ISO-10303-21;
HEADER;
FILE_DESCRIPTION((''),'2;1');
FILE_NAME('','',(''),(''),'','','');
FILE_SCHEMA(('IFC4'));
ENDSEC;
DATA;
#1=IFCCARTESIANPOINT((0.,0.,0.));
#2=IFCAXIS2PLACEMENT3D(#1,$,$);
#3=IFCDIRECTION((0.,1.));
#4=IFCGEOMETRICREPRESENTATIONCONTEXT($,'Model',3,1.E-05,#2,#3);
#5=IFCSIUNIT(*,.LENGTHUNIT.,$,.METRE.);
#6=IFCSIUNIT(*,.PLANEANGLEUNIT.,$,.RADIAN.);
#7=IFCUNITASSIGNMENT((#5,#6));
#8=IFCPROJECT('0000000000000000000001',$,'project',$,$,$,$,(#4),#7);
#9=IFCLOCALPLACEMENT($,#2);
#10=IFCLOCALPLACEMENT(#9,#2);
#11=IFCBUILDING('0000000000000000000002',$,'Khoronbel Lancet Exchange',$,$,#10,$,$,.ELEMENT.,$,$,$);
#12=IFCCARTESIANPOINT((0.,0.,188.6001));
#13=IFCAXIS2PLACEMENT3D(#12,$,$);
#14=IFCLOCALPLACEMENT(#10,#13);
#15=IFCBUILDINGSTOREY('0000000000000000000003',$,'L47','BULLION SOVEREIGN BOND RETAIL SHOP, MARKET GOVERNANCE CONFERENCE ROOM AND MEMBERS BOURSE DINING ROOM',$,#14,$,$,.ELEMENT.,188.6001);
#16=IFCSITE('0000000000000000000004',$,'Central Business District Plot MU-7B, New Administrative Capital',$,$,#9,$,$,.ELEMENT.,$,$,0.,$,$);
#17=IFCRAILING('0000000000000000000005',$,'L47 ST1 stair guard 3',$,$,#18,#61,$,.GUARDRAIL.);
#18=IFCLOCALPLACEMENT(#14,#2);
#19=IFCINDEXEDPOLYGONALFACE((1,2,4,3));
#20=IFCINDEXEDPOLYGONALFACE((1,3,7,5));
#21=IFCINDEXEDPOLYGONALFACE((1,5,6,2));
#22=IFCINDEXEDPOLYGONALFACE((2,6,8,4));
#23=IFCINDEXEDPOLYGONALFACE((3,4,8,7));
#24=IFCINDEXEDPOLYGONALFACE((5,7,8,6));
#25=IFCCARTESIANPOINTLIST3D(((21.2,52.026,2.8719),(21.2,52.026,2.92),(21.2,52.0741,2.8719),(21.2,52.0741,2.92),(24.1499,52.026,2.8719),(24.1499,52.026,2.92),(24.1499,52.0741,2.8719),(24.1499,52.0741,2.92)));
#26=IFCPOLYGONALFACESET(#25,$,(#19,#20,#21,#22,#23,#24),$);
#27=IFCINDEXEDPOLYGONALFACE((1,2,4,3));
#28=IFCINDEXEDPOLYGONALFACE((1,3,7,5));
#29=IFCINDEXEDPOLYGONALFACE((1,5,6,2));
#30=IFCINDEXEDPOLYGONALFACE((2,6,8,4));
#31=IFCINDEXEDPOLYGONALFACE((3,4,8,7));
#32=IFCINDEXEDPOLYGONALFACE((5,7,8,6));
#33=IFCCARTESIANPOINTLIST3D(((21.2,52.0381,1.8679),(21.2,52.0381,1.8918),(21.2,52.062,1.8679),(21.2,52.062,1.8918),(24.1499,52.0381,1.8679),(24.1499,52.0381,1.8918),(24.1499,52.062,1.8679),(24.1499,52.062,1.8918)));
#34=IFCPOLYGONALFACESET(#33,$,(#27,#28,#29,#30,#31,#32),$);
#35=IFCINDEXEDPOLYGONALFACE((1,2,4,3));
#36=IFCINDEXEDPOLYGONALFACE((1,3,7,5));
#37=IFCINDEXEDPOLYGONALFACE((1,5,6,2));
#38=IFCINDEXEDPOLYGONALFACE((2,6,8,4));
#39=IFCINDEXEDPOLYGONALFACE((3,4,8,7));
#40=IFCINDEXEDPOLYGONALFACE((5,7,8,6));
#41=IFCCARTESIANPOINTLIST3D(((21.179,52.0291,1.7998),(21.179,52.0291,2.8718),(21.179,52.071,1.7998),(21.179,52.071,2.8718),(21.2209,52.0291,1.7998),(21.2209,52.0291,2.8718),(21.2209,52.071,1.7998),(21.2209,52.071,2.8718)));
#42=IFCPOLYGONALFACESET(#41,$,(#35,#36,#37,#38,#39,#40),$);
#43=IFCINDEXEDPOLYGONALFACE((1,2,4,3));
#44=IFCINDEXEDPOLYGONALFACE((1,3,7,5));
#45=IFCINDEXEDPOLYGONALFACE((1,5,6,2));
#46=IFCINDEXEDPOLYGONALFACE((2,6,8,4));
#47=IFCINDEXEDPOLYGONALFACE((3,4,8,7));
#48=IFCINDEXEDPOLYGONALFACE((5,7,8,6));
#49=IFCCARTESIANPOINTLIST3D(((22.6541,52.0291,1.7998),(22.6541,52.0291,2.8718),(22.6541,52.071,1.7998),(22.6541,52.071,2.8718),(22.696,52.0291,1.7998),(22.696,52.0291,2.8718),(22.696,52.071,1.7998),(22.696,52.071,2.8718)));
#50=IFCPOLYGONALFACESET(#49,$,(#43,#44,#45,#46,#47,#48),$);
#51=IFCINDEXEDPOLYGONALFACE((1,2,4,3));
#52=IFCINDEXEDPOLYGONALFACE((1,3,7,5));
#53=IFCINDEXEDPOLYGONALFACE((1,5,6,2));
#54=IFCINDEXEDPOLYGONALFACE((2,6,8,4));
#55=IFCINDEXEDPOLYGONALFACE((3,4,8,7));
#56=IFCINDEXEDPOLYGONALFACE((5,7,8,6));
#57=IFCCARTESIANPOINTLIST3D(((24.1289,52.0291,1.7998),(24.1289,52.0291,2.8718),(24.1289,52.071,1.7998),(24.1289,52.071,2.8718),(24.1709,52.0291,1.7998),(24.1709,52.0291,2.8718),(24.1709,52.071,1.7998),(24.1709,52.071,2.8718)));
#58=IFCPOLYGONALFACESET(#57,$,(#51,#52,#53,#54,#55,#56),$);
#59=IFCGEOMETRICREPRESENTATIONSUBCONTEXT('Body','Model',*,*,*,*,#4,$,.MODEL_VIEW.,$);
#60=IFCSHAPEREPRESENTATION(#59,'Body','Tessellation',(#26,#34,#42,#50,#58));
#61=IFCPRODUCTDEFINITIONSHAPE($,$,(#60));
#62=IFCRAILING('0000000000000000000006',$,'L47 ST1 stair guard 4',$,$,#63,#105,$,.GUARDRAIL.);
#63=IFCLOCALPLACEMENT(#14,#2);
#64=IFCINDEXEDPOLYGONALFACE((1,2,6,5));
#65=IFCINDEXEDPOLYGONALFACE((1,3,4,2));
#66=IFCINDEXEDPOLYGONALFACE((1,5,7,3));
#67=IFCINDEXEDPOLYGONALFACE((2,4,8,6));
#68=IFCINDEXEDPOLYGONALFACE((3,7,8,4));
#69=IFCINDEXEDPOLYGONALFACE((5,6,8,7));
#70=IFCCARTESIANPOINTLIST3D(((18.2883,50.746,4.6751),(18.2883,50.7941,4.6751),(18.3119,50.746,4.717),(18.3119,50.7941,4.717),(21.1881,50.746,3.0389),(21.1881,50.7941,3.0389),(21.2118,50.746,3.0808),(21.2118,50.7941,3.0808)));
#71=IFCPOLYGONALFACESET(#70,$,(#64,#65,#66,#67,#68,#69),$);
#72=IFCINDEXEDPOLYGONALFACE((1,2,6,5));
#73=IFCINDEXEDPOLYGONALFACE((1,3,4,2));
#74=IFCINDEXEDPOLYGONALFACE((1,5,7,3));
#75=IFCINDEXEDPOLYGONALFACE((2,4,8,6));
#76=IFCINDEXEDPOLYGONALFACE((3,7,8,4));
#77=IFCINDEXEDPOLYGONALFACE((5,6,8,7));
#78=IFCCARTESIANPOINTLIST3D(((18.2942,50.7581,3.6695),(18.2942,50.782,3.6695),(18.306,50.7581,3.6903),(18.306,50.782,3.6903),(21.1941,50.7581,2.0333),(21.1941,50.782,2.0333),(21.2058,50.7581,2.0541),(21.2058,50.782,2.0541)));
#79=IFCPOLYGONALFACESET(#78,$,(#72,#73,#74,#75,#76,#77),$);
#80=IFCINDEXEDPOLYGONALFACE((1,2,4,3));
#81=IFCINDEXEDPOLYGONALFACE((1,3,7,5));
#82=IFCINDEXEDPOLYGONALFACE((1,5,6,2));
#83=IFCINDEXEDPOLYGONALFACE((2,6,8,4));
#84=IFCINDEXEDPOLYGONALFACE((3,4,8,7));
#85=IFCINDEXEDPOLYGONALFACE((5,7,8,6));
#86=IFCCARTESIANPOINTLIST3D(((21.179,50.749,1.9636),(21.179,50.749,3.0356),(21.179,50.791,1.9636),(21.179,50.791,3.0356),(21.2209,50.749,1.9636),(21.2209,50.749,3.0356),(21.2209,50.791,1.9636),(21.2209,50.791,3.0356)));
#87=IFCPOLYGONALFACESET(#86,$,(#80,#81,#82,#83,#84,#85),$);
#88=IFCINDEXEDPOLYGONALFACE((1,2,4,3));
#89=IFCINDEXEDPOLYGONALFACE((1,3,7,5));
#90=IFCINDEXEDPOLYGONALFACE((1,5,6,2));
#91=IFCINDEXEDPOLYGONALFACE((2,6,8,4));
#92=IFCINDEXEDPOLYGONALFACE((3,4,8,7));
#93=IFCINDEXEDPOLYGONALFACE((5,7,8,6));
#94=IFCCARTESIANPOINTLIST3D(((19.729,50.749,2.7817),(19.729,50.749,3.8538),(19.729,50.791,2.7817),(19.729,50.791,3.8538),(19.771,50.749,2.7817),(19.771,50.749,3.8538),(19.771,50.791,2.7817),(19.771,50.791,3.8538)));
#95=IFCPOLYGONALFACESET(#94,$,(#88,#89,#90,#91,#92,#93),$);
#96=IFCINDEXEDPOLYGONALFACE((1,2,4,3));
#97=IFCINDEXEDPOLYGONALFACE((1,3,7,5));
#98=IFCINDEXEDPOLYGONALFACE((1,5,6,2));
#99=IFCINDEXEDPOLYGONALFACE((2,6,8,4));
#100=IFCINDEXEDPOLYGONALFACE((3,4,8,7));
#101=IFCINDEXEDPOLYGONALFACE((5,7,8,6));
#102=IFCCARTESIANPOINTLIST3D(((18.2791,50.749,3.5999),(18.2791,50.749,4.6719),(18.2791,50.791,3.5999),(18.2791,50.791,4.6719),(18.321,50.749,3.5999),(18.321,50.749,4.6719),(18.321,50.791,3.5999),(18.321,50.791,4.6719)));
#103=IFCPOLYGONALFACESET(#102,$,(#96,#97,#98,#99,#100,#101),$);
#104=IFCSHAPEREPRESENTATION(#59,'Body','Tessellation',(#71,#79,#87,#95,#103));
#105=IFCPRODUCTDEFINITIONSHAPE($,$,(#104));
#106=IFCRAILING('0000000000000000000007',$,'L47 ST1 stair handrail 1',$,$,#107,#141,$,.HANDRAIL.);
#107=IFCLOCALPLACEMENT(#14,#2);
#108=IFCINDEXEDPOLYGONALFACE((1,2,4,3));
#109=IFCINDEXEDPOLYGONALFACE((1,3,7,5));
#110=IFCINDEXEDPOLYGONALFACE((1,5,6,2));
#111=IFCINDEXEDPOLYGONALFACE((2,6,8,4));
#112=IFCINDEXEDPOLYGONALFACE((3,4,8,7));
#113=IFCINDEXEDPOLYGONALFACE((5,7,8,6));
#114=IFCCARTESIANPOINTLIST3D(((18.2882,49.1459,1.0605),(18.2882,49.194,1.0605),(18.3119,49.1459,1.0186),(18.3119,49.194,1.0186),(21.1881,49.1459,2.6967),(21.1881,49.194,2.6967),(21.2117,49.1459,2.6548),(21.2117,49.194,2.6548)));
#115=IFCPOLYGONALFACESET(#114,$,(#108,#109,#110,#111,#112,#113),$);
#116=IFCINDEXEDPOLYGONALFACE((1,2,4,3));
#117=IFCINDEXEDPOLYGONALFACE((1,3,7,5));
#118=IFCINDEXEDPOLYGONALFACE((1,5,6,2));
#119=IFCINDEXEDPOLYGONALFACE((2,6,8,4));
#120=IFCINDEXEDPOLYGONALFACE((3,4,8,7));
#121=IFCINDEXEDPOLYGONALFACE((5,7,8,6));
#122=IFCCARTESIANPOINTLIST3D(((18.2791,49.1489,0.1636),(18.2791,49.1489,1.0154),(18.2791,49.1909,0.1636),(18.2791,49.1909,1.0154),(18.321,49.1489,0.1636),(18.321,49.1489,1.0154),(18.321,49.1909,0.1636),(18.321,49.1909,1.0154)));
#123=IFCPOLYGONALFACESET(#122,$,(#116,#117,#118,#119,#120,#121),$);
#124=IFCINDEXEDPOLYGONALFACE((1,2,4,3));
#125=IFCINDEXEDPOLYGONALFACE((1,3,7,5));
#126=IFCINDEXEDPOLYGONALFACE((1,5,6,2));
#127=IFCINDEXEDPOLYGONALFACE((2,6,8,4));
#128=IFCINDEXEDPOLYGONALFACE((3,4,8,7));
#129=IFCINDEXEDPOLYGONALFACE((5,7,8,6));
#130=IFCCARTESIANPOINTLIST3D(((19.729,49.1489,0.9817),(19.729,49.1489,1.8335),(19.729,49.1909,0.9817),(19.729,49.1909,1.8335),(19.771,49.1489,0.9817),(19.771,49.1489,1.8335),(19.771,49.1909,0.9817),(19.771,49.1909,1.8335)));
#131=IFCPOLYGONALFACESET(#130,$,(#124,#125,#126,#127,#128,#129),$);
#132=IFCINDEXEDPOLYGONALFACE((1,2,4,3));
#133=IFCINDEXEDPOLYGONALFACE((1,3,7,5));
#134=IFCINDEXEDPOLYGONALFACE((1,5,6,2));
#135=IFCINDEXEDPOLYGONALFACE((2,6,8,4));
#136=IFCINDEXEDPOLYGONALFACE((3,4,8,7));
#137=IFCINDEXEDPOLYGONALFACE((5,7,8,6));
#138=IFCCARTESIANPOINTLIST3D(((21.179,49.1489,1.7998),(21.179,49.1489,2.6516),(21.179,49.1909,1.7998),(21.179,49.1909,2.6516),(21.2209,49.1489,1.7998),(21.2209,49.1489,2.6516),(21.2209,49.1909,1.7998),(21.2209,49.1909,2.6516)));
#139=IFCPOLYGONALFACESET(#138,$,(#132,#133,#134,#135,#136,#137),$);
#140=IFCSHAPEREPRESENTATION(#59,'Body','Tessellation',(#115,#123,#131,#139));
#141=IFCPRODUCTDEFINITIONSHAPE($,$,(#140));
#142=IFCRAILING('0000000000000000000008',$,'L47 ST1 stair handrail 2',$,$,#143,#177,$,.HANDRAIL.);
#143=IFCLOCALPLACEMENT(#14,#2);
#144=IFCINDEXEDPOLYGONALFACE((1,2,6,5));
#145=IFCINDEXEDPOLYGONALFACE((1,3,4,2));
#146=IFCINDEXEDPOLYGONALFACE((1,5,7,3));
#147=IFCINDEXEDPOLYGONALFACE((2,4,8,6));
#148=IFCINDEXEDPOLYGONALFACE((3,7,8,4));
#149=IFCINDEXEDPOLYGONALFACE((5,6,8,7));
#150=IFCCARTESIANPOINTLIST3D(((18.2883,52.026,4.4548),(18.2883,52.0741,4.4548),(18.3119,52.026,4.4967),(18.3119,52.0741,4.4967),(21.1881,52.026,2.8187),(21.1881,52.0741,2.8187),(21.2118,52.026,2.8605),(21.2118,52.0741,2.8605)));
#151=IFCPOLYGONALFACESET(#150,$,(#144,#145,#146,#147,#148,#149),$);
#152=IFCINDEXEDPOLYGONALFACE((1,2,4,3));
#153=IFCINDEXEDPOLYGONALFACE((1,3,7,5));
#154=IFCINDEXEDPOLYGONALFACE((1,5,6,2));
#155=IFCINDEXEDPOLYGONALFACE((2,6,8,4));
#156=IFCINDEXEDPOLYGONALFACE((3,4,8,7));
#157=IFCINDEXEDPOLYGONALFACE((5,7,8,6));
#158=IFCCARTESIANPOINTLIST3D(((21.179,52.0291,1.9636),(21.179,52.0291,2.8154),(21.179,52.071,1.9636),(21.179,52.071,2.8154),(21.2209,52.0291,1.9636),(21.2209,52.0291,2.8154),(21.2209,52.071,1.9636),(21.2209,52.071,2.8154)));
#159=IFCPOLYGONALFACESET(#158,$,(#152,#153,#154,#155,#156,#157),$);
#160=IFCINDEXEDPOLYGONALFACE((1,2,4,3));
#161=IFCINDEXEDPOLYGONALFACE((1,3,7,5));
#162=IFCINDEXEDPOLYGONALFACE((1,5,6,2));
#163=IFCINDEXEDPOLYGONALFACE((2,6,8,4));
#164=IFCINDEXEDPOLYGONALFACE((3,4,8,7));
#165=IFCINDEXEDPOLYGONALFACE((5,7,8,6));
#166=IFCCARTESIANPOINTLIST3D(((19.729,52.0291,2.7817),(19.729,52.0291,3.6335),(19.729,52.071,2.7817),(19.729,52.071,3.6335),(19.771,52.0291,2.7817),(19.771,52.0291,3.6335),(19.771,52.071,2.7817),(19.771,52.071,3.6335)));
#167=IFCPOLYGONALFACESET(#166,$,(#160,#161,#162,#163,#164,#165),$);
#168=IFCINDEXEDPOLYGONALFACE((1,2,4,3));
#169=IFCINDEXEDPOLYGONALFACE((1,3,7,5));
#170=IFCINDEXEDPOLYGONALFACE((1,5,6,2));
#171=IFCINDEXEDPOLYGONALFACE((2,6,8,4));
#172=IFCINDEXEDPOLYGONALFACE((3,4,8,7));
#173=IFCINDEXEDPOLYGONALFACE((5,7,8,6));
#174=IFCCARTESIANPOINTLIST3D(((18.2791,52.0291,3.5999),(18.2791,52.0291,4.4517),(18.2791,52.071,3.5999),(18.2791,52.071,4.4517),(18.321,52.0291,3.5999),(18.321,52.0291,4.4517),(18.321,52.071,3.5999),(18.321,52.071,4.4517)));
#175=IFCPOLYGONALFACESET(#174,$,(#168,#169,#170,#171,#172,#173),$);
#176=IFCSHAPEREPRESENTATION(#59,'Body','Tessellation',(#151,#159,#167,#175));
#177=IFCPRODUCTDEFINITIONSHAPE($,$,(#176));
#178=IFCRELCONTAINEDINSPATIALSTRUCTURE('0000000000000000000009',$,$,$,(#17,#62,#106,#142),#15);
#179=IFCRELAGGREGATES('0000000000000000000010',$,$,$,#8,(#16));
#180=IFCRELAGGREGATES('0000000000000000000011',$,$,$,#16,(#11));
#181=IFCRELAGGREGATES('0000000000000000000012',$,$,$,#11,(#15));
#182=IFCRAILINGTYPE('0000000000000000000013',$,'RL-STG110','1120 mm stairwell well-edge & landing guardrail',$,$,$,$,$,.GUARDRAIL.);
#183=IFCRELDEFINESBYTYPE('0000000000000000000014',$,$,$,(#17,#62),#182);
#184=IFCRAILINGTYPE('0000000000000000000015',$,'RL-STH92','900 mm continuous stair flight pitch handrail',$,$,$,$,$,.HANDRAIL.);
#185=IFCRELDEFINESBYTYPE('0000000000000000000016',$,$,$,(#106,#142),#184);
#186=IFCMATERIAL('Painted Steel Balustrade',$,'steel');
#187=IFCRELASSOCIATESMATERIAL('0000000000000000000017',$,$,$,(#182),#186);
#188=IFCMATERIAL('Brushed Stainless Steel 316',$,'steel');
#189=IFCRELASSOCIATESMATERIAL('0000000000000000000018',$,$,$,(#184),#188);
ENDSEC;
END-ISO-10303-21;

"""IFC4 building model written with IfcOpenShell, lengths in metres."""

from ifc_helpers import new_model, si_unit, direction, frame, origin, origin_2d, place, context, subcontext, project, spatial, rectangle, extrude, material, type_object, element, save


model = new_model("IFC4")

# Units and contexts
model_context = context("Model", 3, precision=1e-05, world=origin(), true_north=direction((0.0, 1.0)))
body_context = subcontext(model_context, "Body", "Model", "MODEL_VIEW")
ifc_project = project(units=[si_unit("LENGTHUNIT", "METRE"), si_unit("PLANEANGLEUNIT", "RADIAN")], contexts=[model_context])

# Site, building, storey
site_placement = place(None, origin())
site = spatial("IfcSite", under=ifc_project, at=site_placement, Name="Central Business District Plot MU-7B, New Administrative Capital", CompositionType="ELEMENT", RefElevation=0.0)
building_placement = place(site_placement, origin())
building = spatial("IfcBuilding", under=site, at=building_placement, Name="Khoronbel Lancet Exchange", CompositionType="ELEMENT")
storey_placement = place(building_placement, frame((0.0, 0.0, 188.6001)))
storey = spatial("IfcBuildingStorey", under=building, at=storey_placement, Name="L47", Description="BULLION SOVEREIGN BOND RETAIL SHOP, MARKET GOVERNANCE CONFERENCE ROOM AND MEMBERS BOURSE DINING ROOM", CompositionType="ELEMENT", Elevation=188.6001)

# Railings
ifc_material_1 = material(Name="Painted Steel Balustrade", Category="steel")
railing_type_1 = type_object("IfcRailingType", Name="RL-STG110", Description="1120 mm stairwell well-edge & landing guardrail", PredefinedType="GUARDRAIL", material=ifc_material_1)
railing_1_placement = place(storey_placement, frame((21.2, 52.05, 1.7998)))
element("IfcRailing", 1, at=railing_1_placement, inside=storey, type_object=railing_type_1, Name="L47 ST1 stair guard 3", PredefinedType="GUARDRAIL", context=body_context, shape_type="SweptSolid", body=[
    extrude(rectangle(XDim=0.0481, YDim=0.0481, at=origin_2d()), frame((0.0, 0.0, 1.0962), z_axis=(1.0, 0.0, 0.0), x_axis=(0.0, 1.0, 0.0)), (0.0, 0.0, 1.0), 2.95),
    extrude(rectangle(XDim=0.0239, YDim=0.0239, at=origin_2d()), frame((0.0, 0.0, 0.0801), z_axis=(1.0, 0.0, 0.0), x_axis=(0.0, 1.0, 0.0)), (0.0, 0.0, 1.0), 2.95),
    extrude(rectangle(XDim=0.042, YDim=0.042, at=origin_2d()), origin(), (0.0, 0.0, 1.0), 1.072),
    extrude(rectangle(XDim=0.042, YDim=0.042, at=origin_2d()), frame((1.4751, 0.0, 0.0)), (0.0, 0.0, 1.0), 1.072),
    extrude(rectangle(XDim=0.042, YDim=0.042, at=origin_2d()), frame((2.95, 0.0, 0.0)), (0.0, 0.0, 1.0), 1.072),
])
railing_2_placement = place(storey_placement, frame((21.2, 50.77, 1.9636)))
element("IfcRailing", 2, at=railing_2_placement, inside=storey, type_object=railing_type_1, Name="L47 ST1 stair guard 4", PredefinedType="GUARDRAIL", context=body_context, shape_type="SweptSolid", body=[
    extrude(rectangle(XDim=0.0481, YDim=0.0481, at=origin_2d()), frame((0.0, 0.0, 1.0962), z_axis=(-0.870929, 0.0, 0.49141), x_axis=(0.0, -1.0, 0.0)), (0.0, 0.0, 1.0), 3.3296),
    extrude(rectangle(XDim=0.0239, YDim=0.0239, at=origin_2d()), frame((0.0, 0.0, 0.0801), z_axis=(-0.870929, 0.0, 0.49141), x_axis=(0.0, -1.0, 0.0)), (0.0, 0.0, 1.0), 3.3296),
    extrude(rectangle(XDim=0.042, YDim=0.042, at=origin_2d()), origin(), (0.0, 0.0, 1.0), 1.072),
    extrude(rectangle(XDim=0.042, YDim=0.042, at=origin_2d()), frame((-1.45, 0.0, 0.8181)), (0.0, 0.0, 1.0), 1.072),
    extrude(rectangle(XDim=0.042, YDim=0.042, at=origin_2d()), frame((-2.8999, 0.0, 1.6362)), (0.0, 0.0, 1.0), 1.072),
])
ifc_material_2 = material(Name="Brushed Stainless Steel 316", Category="steel")
railing_type_2 = type_object("IfcRailingType", Name="RL-STH92", Description="900 mm continuous stair flight pitch handrail", PredefinedType="HANDRAIL", material=ifc_material_2)
railing_3_placement = place(storey_placement, frame((18.3, 49.1699, 0.1636)))
element("IfcRailing", 3, at=railing_3_placement, inside=storey, type_object=railing_type_2, Name="L47 ST1 stair handrail 1", PredefinedType="HANDRAIL", context=body_context, shape_type="SweptSolid", body=[
    extrude(rectangle(XDim=0.0481, YDim=0.0481, at=origin_2d()), frame((0.0, 0.0, 0.876), z_axis=(0.870929, 0.0, 0.49141), x_axis=(0.0, 1.0, 0.0)), (0.0, 0.0, 1.0), 3.3296),
    extrude(rectangle(XDim=0.042, YDim=0.042, at=origin_2d()), origin(), (0.0, 0.0, 1.0), 0.8518),
    extrude(rectangle(XDim=0.042, YDim=0.042, at=origin_2d()), frame((1.45, 0.0, 0.8181)), (0.0, 0.0, 1.0), 0.8518),
    extrude(rectangle(XDim=0.042, YDim=0.042, at=origin_2d()), frame((2.8999, 0.0, 1.6362)), (0.0, 0.0, 1.0), 0.8518),
])
railing_4_placement = place(storey_placement, frame((21.2, 52.05, 1.9636)))
element("IfcRailing", 4, at=railing_4_placement, inside=storey, type_object=railing_type_2, Name="L47 ST1 stair handrail 2", PredefinedType="HANDRAIL", context=body_context, shape_type="SweptSolid", body=[
    extrude(rectangle(XDim=0.0481, YDim=0.0481, at=origin_2d()), frame((0.0, 0.0, 0.876), z_axis=(-0.870929, 0.0, 0.49141), x_axis=(0.0, -1.0, 0.0)), (0.0, 0.0, 1.0), 3.3296),
    extrude(rectangle(XDim=0.042, YDim=0.042, at=origin_2d()), origin(), (0.0, 0.0, 1.0), 0.8518),
    extrude(rectangle(XDim=0.042, YDim=0.042, at=origin_2d()), frame((-1.45, 0.0, 0.8181)), (0.0, 0.0, 1.0), 0.8518),
    extrude(rectangle(XDim=0.042, YDim=0.042, at=origin_2d()), frame((-2.8999, 0.0, 1.6362)), (0.0, 0.0, 1.0), 0.8518),
])

save(model, "model.ifc")
